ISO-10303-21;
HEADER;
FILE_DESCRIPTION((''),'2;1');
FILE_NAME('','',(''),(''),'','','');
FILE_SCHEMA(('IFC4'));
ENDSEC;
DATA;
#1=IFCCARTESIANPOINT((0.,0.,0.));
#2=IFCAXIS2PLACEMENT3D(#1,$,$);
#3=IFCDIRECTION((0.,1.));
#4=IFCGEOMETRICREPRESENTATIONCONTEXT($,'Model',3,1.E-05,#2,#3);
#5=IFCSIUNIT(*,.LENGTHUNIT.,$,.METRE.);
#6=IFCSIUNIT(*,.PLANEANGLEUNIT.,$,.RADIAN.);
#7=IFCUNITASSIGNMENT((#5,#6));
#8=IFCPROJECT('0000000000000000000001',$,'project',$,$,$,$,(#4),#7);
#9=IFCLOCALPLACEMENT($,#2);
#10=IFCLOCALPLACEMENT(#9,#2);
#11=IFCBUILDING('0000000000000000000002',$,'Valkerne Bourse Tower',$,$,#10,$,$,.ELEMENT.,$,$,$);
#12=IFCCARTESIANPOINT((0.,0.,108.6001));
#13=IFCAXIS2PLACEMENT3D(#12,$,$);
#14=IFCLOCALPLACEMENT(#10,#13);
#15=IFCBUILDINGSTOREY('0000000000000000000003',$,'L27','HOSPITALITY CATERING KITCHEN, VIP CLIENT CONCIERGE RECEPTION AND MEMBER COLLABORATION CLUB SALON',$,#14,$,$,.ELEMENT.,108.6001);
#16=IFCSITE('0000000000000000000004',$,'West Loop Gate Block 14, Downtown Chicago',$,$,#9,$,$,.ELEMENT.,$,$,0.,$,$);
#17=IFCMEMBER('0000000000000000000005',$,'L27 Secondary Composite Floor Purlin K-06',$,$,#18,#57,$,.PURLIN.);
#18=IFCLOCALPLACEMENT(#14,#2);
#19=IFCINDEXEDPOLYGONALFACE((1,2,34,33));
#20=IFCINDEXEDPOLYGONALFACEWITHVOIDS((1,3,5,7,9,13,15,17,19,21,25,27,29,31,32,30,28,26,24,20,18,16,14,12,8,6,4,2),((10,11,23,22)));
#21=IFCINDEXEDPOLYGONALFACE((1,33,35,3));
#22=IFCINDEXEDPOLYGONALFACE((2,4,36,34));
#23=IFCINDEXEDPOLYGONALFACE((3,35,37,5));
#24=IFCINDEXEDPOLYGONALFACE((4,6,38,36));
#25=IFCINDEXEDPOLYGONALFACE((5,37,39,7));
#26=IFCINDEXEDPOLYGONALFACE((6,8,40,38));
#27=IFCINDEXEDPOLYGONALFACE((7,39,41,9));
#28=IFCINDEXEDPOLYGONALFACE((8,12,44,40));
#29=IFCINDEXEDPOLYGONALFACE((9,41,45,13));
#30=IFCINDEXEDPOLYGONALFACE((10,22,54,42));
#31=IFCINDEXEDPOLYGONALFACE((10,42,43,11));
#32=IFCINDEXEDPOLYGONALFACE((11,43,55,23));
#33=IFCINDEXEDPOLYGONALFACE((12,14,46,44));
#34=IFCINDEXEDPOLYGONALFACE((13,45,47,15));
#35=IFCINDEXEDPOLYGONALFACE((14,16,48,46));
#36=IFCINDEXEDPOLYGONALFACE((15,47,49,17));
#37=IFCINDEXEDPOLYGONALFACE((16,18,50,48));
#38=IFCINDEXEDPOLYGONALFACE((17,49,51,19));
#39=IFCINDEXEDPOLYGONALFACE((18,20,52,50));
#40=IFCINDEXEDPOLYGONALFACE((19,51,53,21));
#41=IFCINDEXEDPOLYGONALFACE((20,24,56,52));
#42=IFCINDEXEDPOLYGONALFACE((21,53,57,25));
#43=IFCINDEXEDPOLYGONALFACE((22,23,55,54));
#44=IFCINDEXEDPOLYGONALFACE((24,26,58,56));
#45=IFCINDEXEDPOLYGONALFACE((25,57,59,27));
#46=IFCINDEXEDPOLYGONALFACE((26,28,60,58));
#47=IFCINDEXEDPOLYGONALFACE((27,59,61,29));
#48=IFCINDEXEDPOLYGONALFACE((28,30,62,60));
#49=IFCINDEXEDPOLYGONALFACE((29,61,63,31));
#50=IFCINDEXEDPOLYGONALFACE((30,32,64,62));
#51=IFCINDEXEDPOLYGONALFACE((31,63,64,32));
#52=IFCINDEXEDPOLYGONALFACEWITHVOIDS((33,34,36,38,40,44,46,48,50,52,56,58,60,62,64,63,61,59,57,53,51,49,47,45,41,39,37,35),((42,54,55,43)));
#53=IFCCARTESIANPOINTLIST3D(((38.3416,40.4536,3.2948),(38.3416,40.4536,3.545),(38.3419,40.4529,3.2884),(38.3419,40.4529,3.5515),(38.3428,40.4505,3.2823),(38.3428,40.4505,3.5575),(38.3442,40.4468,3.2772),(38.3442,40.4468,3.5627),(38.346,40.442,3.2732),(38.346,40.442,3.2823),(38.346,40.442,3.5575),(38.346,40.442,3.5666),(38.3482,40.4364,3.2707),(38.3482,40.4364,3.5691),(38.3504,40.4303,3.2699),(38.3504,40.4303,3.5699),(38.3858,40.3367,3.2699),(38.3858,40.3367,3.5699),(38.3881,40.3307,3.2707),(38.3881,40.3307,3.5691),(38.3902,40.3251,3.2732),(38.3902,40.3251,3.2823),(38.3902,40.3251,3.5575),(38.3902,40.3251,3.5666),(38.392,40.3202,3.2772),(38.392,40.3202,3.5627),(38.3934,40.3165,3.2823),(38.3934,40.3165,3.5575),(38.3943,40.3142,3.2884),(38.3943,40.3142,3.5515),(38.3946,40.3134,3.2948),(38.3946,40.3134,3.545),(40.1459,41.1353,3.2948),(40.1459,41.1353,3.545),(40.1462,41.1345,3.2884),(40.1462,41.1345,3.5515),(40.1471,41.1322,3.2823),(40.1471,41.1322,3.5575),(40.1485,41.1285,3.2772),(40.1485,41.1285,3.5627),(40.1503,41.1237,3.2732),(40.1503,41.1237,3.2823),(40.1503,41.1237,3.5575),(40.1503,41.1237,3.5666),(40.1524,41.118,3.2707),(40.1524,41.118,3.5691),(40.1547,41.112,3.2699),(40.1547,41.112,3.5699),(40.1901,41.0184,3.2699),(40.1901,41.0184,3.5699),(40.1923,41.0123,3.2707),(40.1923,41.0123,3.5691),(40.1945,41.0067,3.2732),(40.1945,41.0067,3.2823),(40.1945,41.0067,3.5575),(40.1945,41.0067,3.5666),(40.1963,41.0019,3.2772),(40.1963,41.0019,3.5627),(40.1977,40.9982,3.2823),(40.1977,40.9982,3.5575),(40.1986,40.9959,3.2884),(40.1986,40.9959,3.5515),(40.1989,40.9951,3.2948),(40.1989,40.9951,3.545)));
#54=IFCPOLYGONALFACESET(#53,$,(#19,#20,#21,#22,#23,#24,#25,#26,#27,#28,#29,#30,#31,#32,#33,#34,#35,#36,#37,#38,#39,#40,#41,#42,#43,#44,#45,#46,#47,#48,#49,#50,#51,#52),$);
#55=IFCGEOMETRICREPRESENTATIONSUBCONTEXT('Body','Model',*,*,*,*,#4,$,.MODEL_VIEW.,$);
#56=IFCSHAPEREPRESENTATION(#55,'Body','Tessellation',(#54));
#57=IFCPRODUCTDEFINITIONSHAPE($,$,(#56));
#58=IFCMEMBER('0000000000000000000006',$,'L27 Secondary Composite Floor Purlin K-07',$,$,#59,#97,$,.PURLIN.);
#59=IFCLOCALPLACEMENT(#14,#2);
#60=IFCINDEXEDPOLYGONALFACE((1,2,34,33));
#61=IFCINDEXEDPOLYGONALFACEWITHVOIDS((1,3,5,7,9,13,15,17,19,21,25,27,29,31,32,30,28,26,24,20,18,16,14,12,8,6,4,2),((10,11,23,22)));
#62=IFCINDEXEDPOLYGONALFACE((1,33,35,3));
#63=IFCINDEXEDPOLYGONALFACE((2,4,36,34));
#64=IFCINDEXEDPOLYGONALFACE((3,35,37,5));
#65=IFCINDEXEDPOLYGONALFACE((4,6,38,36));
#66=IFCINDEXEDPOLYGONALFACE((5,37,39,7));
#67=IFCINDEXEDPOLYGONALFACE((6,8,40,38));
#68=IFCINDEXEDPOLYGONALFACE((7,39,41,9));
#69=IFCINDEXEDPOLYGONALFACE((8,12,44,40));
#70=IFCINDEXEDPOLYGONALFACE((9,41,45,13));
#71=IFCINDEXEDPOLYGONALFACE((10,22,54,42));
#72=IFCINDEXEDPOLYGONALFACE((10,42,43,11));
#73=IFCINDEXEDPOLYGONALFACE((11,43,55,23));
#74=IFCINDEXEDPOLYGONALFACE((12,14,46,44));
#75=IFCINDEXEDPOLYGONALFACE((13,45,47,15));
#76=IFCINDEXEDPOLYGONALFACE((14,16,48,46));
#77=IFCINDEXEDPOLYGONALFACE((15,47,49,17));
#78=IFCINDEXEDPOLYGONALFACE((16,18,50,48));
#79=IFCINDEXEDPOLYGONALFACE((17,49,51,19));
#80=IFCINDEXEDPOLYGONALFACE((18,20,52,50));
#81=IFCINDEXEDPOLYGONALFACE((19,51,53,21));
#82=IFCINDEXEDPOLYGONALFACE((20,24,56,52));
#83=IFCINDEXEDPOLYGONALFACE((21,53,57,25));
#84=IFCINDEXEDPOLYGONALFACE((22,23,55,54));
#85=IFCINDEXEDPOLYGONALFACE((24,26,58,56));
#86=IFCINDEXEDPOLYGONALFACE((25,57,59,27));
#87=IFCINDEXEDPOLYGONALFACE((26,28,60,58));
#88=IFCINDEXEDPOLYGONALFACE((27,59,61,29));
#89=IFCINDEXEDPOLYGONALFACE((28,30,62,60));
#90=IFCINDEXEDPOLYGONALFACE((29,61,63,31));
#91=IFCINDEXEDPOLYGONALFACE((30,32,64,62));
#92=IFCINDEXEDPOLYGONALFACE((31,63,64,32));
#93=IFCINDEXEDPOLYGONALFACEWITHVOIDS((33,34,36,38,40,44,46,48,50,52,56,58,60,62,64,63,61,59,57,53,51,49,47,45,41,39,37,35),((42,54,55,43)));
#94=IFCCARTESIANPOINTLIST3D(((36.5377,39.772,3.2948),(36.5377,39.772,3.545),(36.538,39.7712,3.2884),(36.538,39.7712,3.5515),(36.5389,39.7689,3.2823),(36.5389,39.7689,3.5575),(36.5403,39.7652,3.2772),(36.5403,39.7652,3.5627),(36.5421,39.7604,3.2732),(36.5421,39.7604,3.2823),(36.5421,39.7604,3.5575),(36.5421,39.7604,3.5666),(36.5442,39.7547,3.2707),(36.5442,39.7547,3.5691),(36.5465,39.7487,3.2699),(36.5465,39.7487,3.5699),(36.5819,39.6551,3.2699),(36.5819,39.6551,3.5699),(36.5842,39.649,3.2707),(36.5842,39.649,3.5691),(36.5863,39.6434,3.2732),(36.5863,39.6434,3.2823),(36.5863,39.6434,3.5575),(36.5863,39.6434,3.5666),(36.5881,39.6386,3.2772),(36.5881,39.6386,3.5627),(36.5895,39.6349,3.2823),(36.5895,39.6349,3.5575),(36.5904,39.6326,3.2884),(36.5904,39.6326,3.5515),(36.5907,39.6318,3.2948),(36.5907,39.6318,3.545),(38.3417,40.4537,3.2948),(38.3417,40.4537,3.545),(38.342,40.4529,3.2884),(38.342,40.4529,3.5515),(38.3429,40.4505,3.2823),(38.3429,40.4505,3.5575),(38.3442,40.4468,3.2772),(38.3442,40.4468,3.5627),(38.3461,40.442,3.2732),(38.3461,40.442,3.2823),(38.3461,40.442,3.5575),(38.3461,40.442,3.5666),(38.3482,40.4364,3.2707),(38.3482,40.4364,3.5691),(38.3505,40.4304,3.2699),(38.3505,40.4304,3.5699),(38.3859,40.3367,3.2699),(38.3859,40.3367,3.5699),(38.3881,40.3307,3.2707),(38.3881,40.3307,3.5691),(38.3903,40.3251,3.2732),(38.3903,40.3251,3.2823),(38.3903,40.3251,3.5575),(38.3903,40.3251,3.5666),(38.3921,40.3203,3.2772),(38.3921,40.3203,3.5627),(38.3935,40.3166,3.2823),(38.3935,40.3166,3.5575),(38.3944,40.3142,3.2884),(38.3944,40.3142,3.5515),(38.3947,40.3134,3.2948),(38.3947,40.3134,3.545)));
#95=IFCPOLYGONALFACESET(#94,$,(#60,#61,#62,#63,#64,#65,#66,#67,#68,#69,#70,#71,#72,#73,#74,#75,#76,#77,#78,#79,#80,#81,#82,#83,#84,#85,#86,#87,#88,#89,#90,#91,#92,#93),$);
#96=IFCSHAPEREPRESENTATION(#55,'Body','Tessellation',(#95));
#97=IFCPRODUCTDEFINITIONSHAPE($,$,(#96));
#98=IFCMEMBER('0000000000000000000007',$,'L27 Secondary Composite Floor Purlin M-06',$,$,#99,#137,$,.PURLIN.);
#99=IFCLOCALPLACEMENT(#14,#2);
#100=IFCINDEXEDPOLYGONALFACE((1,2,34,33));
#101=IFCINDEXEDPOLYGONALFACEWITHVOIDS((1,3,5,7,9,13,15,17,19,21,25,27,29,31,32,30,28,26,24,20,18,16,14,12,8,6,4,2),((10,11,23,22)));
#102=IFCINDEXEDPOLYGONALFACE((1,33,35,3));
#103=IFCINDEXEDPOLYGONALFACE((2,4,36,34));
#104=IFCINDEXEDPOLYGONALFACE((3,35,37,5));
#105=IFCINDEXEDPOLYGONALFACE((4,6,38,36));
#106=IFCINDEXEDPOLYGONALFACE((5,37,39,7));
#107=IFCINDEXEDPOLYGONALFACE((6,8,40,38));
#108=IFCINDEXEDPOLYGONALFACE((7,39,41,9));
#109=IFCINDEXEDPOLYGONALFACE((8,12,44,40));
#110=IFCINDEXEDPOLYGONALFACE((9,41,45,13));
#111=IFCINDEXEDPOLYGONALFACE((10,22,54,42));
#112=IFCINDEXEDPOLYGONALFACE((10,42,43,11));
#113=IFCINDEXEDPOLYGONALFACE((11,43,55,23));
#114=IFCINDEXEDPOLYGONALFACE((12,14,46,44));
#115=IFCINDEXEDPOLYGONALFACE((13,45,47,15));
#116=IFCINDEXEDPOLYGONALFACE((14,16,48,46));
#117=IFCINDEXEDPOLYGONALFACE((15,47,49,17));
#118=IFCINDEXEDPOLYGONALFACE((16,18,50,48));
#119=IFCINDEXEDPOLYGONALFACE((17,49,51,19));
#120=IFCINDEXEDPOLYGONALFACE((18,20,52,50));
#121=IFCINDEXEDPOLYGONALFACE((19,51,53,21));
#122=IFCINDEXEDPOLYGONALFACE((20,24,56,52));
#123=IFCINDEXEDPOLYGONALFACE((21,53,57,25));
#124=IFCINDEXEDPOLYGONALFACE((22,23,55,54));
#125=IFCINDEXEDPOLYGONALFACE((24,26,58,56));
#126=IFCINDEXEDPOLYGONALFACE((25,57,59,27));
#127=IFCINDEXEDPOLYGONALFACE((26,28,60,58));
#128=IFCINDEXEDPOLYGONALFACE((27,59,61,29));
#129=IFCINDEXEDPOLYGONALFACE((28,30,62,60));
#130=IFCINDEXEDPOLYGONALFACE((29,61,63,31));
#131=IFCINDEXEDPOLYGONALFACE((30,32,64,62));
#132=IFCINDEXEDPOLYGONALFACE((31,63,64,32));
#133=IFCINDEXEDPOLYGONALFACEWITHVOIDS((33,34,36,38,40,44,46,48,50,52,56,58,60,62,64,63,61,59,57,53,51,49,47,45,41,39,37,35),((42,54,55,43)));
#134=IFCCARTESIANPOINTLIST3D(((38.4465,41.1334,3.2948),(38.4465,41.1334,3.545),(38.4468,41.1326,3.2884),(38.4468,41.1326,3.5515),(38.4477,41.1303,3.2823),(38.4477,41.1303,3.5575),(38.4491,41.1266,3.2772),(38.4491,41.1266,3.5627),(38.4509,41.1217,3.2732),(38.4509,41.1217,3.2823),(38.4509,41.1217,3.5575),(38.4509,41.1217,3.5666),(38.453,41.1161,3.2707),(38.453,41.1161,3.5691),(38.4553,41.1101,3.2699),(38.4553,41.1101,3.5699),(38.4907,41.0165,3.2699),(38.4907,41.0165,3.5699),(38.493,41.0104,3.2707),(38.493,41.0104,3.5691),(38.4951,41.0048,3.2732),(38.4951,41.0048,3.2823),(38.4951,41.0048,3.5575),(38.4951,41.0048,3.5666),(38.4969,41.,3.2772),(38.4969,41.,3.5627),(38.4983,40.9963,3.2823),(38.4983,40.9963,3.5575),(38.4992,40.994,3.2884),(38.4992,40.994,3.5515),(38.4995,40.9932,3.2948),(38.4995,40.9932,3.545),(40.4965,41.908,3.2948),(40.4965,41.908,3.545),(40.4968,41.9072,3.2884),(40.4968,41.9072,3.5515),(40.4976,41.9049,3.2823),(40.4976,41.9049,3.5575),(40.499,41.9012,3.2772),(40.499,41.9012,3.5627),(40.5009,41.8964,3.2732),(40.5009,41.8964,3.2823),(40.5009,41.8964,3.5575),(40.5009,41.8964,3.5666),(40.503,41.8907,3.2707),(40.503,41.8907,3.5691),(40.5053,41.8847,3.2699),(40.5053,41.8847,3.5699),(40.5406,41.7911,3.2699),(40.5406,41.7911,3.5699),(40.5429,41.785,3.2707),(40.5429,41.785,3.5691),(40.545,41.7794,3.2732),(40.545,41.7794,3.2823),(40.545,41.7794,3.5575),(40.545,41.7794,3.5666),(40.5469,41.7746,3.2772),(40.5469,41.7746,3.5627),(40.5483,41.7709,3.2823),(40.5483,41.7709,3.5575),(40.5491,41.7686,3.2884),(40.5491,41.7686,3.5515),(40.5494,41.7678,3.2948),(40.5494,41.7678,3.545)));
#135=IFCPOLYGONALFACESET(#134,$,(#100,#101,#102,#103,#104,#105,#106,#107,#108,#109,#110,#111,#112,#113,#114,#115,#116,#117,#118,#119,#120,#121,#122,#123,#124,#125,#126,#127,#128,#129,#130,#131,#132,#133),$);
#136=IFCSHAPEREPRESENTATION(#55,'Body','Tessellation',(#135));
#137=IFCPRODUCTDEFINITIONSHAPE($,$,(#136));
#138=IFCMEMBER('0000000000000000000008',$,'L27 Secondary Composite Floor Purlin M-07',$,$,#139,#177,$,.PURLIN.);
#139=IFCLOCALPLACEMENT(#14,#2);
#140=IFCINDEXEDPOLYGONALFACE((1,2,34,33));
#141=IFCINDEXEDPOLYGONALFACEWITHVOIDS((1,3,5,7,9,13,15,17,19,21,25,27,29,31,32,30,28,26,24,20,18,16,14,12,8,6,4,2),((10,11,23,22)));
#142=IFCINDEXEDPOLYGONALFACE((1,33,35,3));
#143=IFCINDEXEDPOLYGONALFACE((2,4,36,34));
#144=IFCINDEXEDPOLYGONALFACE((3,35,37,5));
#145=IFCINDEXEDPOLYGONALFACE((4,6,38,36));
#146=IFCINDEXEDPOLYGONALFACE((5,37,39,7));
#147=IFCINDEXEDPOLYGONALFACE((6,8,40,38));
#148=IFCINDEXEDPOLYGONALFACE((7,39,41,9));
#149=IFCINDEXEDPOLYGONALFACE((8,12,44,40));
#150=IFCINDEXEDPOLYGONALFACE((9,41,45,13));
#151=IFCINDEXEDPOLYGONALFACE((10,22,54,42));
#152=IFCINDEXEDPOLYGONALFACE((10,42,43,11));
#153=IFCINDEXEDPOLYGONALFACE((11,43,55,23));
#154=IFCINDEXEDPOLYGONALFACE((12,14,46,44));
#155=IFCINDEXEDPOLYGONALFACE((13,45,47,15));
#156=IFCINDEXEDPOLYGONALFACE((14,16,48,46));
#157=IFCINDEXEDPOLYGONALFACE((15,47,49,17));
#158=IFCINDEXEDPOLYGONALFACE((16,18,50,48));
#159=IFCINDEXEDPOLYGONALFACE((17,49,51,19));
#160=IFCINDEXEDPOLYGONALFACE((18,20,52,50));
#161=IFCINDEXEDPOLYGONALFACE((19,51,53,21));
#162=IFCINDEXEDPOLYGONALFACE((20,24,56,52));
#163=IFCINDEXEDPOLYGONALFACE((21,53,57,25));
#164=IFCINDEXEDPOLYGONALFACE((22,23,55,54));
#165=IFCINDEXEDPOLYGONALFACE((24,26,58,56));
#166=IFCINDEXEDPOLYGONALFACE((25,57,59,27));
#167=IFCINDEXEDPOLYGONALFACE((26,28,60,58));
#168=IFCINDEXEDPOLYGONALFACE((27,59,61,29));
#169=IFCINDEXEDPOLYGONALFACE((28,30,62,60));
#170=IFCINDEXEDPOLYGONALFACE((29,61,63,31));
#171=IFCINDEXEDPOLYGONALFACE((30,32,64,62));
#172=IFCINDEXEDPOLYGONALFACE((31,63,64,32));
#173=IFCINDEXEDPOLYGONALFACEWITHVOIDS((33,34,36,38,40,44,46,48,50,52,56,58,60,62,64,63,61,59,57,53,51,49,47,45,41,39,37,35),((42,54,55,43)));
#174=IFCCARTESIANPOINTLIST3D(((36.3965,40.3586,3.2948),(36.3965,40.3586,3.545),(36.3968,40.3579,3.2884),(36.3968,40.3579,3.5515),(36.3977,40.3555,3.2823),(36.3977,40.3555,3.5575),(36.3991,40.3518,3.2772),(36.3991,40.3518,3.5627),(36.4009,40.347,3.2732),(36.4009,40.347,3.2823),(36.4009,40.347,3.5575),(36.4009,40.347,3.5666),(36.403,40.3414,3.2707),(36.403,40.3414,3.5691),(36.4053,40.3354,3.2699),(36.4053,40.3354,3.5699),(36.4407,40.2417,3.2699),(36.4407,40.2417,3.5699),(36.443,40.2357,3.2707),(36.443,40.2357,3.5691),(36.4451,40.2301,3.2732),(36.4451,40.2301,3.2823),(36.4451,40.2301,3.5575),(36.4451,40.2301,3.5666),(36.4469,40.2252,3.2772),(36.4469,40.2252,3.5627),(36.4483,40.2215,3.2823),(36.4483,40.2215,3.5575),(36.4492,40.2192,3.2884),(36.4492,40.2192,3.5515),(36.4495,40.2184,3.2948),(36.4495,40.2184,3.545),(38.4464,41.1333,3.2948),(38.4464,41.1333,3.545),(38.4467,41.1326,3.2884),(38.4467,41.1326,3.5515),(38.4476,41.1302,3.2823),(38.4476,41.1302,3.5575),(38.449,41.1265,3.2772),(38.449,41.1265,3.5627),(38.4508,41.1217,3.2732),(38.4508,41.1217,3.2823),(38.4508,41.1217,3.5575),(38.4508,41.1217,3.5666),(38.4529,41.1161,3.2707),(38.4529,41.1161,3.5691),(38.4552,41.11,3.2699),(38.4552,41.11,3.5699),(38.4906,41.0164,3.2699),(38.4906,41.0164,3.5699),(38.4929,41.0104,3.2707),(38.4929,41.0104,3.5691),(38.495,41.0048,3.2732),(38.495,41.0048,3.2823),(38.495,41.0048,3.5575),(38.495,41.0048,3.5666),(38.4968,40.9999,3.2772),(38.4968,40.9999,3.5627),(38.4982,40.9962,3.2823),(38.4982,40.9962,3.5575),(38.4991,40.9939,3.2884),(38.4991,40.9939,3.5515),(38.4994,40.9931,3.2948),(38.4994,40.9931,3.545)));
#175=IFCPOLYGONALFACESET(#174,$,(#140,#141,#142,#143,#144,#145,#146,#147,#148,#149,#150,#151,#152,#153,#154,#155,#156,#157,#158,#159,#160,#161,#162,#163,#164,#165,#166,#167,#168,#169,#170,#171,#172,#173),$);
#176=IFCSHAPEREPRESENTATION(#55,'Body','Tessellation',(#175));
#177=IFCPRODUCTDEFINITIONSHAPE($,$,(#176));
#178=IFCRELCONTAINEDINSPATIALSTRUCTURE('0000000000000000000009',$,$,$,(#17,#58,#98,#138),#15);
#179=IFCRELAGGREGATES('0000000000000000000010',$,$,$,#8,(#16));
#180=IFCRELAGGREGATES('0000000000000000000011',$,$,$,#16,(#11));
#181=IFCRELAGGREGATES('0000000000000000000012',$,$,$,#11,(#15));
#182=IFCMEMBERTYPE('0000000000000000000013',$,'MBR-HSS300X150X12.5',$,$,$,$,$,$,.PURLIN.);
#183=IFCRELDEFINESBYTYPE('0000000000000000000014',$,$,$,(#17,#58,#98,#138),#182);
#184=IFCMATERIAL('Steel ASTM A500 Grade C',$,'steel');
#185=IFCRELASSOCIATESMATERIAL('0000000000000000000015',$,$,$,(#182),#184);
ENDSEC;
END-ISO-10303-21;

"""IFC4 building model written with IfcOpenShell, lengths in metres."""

from ifc_helpers import new_model, si_unit, direction, frame, origin, origin_2d, place, context, subcontext, project, spatial, hollow_rectangle, extrude, material, material_profile, profile_set, type_object, element, save


model = new_model("IFC4")

# Units and contexts
model_context = context("Model", 3, precision=1e-05, world=origin(), true_north=direction((0.0, 1.0)))
body_context = subcontext(model_context, "Body", "Model", "MODEL_VIEW")
ifc_project = project(units=[si_unit("LENGTHUNIT", "METRE"), si_unit("PLANEANGLEUNIT", "RADIAN")], contexts=[model_context])

# Site, building, storey
site_placement = place(None, origin())
site = spatial("IfcSite", under=ifc_project, at=site_placement, Name="West Loop Gate Block 14, Downtown Chicago", CompositionType="ELEMENT", RefElevation=0.0)
building_placement = place(site_placement, origin())
building = spatial("IfcBuilding", under=site, at=building_placement, Name="Valkerne Bourse Tower", CompositionType="ELEMENT")
storey_placement = place(building_placement, frame((0.0, 0.0, 108.6001)))
storey = spatial("IfcBuildingStorey", under=building, at=storey_placement, Name="L27", Description="HOSPITALITY CATERING KITCHEN, VIP CLIENT CONCIERGE RECEPTION AND MEMBER COLLABORATION CLUB SALON", CompositionType="ELEMENT", Elevation=108.6001)

# Members
ifc_material_1 = material(Name="Steel ASTM A500 Grade C", Category="steel")
ifc_material_profile_1 = material_profile(ifc_material_1, hollow_rectangle(XDim=0.1499, YDim=0.3, WallThickness=0.0125, OuterFilletRadius=0.0249, at=origin_2d()), Name="HSS300X150X12.5")
ifc_profile_set_1 = profile_set([ifc_material_profile_1], Name="Steel ASTM A500 Grade C")
member_type = type_object("IfcMemberType", Name="MBR-HSS300X150X12.5", PredefinedType="PURLIN", material=ifc_profile_set_1)
member_1_placement = place(storey_placement, frame((40.1724, 41.0652, 3.4199), z_axis=(-0.935463, -0.353425, 0.0), x_axis=(0.353425, -0.935463, 0.0)))
element("IfcMember", 1, at=member_1_placement, inside=storey, type_object=member_type, Name="L27 Secondary Composite Floor Purlin K-06", PredefinedType="PURLIN", context=body_context, shape_type="SweptSolid", body=[
    extrude(hollow_rectangle(XDim=0.1499, YDim=0.3, WallThickness=0.0125, OuterFilletRadius=0.0249, at=origin_2d()), origin(), (0.0, 0.0, 1.0), 1.9287),
])
member_2_placement = place(storey_placement, frame((38.3682, 40.3835, 3.4199), z_axis=(-0.935447, -0.353467, 0.0), x_axis=(0.353467, -0.935447, 0.0)))
element("IfcMember", 2, at=member_2_placement, inside=storey, type_object=member_type, Name="L27 Secondary Composite Floor Purlin K-07", PredefinedType="PURLIN", context=body_context, shape_type="SweptSolid", body=[
    extrude(hollow_rectangle(XDim=0.1499, YDim=0.3, WallThickness=0.0125, OuterFilletRadius=0.0249, at=origin_2d()), origin(), (0.0, 0.0, 1.0), 1.9285),
])
for number, where, z_axis, x_axis, name in (
    (3, (40.5229, 41.8379, 3.4199), (-0.935443, -0.353479, 0.0), (0.353479, -0.935443, 0.0), "L27 Secondary Composite Floor Purlin M-06"),
    (4, (38.4729, 41.0632, 3.4199), (-0.935429, -0.353515, 0.0), (0.353515, -0.935429, 0.0), "L27 Secondary Composite Floor Purlin M-07"),
):
    element("IfcMember", number, at=place(storey_placement, frame(where, z_axis=z_axis, x_axis=x_axis)), inside=storey, type_object=member_type, Name=name, PredefinedType="PURLIN", context=body_context, shape_type="SweptSolid", body=[
        extrude(hollow_rectangle(XDim=0.1499, YDim=0.3, WallThickness=0.0125, OuterFilletRadius=0.0249, at=origin_2d()), origin(), (0.0, 0.0, 1.0), 2.1914),
    ])

save(model, "model.ifc")
